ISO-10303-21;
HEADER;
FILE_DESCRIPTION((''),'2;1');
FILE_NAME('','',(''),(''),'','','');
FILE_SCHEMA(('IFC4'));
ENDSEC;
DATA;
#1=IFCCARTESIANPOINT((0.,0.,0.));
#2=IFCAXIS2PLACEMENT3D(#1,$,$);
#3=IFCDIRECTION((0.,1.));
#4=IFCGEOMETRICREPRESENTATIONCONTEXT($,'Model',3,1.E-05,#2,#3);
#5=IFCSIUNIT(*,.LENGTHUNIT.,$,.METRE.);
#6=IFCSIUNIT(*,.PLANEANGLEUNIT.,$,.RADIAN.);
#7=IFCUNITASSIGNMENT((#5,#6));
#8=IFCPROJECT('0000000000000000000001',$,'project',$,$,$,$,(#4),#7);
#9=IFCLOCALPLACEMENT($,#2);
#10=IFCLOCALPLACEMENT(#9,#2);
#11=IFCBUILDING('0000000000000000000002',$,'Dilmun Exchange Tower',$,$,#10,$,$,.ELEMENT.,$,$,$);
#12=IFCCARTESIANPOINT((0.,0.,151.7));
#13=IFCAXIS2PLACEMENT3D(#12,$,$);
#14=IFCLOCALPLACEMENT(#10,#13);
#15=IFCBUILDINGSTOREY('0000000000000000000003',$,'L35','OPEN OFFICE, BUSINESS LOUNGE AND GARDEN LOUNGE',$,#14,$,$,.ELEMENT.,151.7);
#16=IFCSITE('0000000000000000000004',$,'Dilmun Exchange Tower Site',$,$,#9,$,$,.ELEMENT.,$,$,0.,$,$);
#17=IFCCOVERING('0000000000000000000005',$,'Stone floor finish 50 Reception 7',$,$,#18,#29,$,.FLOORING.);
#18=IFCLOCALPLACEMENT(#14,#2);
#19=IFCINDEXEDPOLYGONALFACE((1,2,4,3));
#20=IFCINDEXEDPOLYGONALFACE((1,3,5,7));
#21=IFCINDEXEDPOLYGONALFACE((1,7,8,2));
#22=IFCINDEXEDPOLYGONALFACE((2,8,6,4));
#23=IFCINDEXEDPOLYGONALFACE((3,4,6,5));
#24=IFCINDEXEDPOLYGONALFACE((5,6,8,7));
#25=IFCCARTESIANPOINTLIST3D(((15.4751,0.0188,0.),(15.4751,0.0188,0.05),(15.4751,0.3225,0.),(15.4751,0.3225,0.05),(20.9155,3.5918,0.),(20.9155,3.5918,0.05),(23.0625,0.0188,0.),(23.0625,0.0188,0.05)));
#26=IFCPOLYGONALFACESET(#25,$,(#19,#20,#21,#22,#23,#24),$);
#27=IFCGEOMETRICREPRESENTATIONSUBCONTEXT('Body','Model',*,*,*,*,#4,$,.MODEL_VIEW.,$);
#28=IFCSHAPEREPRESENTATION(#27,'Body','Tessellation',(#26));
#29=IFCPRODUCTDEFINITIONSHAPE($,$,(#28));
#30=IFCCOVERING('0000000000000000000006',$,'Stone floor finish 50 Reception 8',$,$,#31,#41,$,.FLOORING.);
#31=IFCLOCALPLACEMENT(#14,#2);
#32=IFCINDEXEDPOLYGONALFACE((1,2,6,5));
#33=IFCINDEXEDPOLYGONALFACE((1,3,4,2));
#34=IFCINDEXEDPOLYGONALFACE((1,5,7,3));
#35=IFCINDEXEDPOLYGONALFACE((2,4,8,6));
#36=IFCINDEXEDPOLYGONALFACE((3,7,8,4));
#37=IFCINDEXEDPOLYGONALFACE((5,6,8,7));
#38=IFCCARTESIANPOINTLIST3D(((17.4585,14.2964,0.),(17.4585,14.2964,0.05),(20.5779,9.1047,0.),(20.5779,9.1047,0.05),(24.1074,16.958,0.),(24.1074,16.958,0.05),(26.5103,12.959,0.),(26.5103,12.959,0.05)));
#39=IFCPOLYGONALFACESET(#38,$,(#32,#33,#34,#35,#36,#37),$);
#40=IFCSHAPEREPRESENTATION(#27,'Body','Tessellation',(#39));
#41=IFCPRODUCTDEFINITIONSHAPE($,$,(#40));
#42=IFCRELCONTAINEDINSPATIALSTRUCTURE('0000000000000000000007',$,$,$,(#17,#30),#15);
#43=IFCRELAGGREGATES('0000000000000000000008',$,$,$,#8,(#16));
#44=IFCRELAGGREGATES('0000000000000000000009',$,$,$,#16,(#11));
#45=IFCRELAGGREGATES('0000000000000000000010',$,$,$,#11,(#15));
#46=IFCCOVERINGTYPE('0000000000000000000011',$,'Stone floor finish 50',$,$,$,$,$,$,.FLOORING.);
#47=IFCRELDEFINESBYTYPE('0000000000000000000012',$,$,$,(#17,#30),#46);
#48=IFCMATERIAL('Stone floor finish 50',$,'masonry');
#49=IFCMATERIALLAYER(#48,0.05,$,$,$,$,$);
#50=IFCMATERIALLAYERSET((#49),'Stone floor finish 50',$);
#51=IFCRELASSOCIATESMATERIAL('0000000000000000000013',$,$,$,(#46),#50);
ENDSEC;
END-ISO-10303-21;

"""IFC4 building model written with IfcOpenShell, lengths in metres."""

from ifc_helpers import new_model, si_unit, direction, frame, origin, place, context, subcontext, project, spatial, polyline, outline, extrude, material, layer, layer_set, type_object, element, save


model = new_model("IFC4")

# Units and contexts
model_context = context("Model", 3, precision=1e-05, world=origin(), true_north=direction((0.0, 1.0)))
body_context = subcontext(model_context, "Body", "Model", "MODEL_VIEW")
ifc_project = project(units=[si_unit("LENGTHUNIT", "METRE"), si_unit("PLANEANGLEUNIT", "RADIAN")], contexts=[model_context])

# Site, building, storey
site_placement = place(None, origin())
site = spatial("IfcSite", under=ifc_project, at=site_placement, Name="Dilmun Exchange Tower Site", CompositionType="ELEMENT", RefElevation=0.0)
building_placement = place(site_placement, origin())
building = spatial("IfcBuilding", under=site, at=building_placement, Name="Dilmun Exchange Tower", CompositionType="ELEMENT")
storey_placement = place(building_placement, frame((0.0, 0.0, 151.7)))
storey = spatial("IfcBuildingStorey", under=building, at=storey_placement, Name="L35", Description="OPEN OFFICE, BUSINESS LOUNGE AND GARDEN LOUNGE", CompositionType="ELEMENT", Elevation=151.7)

# Coverings
ifc_material_1 = material(Name="Stone floor finish 50", Category="masonry")
ifc_layer_1 = layer(ifc_material_1, 0.05)
ifc_layer_set_1 = layer_set([ifc_layer_1], Name="Stone floor finish 50")
covering_type_1 = type_object("IfcCoveringType", Name="Stone floor finish 50", PredefinedType="FLOORING", material=ifc_layer_set_1)
covering_1_placement = place(storey_placement, origin())
element("IfcCovering", 1, at=covering_1_placement, inside=storey, type_object=covering_type_1, Name="Stone floor finish 50 Reception 7", PredefinedType="FLOORING", context=body_context, shape_type="SweptSolid", body=[
    extrude(outline(polyline([(23.0625, 0.0188), (15.4751, 0.0188), (15.4751, 0.3225), (20.9155, 3.5918), (23.0625, 0.0188)])), origin(), (0.0, 0.0, 1.0), 0.05),
])
covering_2_placement = place(storey_placement, origin())
element("IfcCovering", 2, at=covering_2_placement, inside=storey, type_object=covering_type_1, Name="Stone floor finish 50 Reception 8", PredefinedType="FLOORING", context=body_context, shape_type="SweptSolid", body=[
    extrude(outline(polyline([(20.5779, 9.1047), (17.4585, 14.2964), (24.1074, 16.958), (26.5103, 12.959), (20.5779, 9.1047)])), origin(), (0.0, 0.0, 1.0), 0.05),
])

save(model, "model.ifc")
